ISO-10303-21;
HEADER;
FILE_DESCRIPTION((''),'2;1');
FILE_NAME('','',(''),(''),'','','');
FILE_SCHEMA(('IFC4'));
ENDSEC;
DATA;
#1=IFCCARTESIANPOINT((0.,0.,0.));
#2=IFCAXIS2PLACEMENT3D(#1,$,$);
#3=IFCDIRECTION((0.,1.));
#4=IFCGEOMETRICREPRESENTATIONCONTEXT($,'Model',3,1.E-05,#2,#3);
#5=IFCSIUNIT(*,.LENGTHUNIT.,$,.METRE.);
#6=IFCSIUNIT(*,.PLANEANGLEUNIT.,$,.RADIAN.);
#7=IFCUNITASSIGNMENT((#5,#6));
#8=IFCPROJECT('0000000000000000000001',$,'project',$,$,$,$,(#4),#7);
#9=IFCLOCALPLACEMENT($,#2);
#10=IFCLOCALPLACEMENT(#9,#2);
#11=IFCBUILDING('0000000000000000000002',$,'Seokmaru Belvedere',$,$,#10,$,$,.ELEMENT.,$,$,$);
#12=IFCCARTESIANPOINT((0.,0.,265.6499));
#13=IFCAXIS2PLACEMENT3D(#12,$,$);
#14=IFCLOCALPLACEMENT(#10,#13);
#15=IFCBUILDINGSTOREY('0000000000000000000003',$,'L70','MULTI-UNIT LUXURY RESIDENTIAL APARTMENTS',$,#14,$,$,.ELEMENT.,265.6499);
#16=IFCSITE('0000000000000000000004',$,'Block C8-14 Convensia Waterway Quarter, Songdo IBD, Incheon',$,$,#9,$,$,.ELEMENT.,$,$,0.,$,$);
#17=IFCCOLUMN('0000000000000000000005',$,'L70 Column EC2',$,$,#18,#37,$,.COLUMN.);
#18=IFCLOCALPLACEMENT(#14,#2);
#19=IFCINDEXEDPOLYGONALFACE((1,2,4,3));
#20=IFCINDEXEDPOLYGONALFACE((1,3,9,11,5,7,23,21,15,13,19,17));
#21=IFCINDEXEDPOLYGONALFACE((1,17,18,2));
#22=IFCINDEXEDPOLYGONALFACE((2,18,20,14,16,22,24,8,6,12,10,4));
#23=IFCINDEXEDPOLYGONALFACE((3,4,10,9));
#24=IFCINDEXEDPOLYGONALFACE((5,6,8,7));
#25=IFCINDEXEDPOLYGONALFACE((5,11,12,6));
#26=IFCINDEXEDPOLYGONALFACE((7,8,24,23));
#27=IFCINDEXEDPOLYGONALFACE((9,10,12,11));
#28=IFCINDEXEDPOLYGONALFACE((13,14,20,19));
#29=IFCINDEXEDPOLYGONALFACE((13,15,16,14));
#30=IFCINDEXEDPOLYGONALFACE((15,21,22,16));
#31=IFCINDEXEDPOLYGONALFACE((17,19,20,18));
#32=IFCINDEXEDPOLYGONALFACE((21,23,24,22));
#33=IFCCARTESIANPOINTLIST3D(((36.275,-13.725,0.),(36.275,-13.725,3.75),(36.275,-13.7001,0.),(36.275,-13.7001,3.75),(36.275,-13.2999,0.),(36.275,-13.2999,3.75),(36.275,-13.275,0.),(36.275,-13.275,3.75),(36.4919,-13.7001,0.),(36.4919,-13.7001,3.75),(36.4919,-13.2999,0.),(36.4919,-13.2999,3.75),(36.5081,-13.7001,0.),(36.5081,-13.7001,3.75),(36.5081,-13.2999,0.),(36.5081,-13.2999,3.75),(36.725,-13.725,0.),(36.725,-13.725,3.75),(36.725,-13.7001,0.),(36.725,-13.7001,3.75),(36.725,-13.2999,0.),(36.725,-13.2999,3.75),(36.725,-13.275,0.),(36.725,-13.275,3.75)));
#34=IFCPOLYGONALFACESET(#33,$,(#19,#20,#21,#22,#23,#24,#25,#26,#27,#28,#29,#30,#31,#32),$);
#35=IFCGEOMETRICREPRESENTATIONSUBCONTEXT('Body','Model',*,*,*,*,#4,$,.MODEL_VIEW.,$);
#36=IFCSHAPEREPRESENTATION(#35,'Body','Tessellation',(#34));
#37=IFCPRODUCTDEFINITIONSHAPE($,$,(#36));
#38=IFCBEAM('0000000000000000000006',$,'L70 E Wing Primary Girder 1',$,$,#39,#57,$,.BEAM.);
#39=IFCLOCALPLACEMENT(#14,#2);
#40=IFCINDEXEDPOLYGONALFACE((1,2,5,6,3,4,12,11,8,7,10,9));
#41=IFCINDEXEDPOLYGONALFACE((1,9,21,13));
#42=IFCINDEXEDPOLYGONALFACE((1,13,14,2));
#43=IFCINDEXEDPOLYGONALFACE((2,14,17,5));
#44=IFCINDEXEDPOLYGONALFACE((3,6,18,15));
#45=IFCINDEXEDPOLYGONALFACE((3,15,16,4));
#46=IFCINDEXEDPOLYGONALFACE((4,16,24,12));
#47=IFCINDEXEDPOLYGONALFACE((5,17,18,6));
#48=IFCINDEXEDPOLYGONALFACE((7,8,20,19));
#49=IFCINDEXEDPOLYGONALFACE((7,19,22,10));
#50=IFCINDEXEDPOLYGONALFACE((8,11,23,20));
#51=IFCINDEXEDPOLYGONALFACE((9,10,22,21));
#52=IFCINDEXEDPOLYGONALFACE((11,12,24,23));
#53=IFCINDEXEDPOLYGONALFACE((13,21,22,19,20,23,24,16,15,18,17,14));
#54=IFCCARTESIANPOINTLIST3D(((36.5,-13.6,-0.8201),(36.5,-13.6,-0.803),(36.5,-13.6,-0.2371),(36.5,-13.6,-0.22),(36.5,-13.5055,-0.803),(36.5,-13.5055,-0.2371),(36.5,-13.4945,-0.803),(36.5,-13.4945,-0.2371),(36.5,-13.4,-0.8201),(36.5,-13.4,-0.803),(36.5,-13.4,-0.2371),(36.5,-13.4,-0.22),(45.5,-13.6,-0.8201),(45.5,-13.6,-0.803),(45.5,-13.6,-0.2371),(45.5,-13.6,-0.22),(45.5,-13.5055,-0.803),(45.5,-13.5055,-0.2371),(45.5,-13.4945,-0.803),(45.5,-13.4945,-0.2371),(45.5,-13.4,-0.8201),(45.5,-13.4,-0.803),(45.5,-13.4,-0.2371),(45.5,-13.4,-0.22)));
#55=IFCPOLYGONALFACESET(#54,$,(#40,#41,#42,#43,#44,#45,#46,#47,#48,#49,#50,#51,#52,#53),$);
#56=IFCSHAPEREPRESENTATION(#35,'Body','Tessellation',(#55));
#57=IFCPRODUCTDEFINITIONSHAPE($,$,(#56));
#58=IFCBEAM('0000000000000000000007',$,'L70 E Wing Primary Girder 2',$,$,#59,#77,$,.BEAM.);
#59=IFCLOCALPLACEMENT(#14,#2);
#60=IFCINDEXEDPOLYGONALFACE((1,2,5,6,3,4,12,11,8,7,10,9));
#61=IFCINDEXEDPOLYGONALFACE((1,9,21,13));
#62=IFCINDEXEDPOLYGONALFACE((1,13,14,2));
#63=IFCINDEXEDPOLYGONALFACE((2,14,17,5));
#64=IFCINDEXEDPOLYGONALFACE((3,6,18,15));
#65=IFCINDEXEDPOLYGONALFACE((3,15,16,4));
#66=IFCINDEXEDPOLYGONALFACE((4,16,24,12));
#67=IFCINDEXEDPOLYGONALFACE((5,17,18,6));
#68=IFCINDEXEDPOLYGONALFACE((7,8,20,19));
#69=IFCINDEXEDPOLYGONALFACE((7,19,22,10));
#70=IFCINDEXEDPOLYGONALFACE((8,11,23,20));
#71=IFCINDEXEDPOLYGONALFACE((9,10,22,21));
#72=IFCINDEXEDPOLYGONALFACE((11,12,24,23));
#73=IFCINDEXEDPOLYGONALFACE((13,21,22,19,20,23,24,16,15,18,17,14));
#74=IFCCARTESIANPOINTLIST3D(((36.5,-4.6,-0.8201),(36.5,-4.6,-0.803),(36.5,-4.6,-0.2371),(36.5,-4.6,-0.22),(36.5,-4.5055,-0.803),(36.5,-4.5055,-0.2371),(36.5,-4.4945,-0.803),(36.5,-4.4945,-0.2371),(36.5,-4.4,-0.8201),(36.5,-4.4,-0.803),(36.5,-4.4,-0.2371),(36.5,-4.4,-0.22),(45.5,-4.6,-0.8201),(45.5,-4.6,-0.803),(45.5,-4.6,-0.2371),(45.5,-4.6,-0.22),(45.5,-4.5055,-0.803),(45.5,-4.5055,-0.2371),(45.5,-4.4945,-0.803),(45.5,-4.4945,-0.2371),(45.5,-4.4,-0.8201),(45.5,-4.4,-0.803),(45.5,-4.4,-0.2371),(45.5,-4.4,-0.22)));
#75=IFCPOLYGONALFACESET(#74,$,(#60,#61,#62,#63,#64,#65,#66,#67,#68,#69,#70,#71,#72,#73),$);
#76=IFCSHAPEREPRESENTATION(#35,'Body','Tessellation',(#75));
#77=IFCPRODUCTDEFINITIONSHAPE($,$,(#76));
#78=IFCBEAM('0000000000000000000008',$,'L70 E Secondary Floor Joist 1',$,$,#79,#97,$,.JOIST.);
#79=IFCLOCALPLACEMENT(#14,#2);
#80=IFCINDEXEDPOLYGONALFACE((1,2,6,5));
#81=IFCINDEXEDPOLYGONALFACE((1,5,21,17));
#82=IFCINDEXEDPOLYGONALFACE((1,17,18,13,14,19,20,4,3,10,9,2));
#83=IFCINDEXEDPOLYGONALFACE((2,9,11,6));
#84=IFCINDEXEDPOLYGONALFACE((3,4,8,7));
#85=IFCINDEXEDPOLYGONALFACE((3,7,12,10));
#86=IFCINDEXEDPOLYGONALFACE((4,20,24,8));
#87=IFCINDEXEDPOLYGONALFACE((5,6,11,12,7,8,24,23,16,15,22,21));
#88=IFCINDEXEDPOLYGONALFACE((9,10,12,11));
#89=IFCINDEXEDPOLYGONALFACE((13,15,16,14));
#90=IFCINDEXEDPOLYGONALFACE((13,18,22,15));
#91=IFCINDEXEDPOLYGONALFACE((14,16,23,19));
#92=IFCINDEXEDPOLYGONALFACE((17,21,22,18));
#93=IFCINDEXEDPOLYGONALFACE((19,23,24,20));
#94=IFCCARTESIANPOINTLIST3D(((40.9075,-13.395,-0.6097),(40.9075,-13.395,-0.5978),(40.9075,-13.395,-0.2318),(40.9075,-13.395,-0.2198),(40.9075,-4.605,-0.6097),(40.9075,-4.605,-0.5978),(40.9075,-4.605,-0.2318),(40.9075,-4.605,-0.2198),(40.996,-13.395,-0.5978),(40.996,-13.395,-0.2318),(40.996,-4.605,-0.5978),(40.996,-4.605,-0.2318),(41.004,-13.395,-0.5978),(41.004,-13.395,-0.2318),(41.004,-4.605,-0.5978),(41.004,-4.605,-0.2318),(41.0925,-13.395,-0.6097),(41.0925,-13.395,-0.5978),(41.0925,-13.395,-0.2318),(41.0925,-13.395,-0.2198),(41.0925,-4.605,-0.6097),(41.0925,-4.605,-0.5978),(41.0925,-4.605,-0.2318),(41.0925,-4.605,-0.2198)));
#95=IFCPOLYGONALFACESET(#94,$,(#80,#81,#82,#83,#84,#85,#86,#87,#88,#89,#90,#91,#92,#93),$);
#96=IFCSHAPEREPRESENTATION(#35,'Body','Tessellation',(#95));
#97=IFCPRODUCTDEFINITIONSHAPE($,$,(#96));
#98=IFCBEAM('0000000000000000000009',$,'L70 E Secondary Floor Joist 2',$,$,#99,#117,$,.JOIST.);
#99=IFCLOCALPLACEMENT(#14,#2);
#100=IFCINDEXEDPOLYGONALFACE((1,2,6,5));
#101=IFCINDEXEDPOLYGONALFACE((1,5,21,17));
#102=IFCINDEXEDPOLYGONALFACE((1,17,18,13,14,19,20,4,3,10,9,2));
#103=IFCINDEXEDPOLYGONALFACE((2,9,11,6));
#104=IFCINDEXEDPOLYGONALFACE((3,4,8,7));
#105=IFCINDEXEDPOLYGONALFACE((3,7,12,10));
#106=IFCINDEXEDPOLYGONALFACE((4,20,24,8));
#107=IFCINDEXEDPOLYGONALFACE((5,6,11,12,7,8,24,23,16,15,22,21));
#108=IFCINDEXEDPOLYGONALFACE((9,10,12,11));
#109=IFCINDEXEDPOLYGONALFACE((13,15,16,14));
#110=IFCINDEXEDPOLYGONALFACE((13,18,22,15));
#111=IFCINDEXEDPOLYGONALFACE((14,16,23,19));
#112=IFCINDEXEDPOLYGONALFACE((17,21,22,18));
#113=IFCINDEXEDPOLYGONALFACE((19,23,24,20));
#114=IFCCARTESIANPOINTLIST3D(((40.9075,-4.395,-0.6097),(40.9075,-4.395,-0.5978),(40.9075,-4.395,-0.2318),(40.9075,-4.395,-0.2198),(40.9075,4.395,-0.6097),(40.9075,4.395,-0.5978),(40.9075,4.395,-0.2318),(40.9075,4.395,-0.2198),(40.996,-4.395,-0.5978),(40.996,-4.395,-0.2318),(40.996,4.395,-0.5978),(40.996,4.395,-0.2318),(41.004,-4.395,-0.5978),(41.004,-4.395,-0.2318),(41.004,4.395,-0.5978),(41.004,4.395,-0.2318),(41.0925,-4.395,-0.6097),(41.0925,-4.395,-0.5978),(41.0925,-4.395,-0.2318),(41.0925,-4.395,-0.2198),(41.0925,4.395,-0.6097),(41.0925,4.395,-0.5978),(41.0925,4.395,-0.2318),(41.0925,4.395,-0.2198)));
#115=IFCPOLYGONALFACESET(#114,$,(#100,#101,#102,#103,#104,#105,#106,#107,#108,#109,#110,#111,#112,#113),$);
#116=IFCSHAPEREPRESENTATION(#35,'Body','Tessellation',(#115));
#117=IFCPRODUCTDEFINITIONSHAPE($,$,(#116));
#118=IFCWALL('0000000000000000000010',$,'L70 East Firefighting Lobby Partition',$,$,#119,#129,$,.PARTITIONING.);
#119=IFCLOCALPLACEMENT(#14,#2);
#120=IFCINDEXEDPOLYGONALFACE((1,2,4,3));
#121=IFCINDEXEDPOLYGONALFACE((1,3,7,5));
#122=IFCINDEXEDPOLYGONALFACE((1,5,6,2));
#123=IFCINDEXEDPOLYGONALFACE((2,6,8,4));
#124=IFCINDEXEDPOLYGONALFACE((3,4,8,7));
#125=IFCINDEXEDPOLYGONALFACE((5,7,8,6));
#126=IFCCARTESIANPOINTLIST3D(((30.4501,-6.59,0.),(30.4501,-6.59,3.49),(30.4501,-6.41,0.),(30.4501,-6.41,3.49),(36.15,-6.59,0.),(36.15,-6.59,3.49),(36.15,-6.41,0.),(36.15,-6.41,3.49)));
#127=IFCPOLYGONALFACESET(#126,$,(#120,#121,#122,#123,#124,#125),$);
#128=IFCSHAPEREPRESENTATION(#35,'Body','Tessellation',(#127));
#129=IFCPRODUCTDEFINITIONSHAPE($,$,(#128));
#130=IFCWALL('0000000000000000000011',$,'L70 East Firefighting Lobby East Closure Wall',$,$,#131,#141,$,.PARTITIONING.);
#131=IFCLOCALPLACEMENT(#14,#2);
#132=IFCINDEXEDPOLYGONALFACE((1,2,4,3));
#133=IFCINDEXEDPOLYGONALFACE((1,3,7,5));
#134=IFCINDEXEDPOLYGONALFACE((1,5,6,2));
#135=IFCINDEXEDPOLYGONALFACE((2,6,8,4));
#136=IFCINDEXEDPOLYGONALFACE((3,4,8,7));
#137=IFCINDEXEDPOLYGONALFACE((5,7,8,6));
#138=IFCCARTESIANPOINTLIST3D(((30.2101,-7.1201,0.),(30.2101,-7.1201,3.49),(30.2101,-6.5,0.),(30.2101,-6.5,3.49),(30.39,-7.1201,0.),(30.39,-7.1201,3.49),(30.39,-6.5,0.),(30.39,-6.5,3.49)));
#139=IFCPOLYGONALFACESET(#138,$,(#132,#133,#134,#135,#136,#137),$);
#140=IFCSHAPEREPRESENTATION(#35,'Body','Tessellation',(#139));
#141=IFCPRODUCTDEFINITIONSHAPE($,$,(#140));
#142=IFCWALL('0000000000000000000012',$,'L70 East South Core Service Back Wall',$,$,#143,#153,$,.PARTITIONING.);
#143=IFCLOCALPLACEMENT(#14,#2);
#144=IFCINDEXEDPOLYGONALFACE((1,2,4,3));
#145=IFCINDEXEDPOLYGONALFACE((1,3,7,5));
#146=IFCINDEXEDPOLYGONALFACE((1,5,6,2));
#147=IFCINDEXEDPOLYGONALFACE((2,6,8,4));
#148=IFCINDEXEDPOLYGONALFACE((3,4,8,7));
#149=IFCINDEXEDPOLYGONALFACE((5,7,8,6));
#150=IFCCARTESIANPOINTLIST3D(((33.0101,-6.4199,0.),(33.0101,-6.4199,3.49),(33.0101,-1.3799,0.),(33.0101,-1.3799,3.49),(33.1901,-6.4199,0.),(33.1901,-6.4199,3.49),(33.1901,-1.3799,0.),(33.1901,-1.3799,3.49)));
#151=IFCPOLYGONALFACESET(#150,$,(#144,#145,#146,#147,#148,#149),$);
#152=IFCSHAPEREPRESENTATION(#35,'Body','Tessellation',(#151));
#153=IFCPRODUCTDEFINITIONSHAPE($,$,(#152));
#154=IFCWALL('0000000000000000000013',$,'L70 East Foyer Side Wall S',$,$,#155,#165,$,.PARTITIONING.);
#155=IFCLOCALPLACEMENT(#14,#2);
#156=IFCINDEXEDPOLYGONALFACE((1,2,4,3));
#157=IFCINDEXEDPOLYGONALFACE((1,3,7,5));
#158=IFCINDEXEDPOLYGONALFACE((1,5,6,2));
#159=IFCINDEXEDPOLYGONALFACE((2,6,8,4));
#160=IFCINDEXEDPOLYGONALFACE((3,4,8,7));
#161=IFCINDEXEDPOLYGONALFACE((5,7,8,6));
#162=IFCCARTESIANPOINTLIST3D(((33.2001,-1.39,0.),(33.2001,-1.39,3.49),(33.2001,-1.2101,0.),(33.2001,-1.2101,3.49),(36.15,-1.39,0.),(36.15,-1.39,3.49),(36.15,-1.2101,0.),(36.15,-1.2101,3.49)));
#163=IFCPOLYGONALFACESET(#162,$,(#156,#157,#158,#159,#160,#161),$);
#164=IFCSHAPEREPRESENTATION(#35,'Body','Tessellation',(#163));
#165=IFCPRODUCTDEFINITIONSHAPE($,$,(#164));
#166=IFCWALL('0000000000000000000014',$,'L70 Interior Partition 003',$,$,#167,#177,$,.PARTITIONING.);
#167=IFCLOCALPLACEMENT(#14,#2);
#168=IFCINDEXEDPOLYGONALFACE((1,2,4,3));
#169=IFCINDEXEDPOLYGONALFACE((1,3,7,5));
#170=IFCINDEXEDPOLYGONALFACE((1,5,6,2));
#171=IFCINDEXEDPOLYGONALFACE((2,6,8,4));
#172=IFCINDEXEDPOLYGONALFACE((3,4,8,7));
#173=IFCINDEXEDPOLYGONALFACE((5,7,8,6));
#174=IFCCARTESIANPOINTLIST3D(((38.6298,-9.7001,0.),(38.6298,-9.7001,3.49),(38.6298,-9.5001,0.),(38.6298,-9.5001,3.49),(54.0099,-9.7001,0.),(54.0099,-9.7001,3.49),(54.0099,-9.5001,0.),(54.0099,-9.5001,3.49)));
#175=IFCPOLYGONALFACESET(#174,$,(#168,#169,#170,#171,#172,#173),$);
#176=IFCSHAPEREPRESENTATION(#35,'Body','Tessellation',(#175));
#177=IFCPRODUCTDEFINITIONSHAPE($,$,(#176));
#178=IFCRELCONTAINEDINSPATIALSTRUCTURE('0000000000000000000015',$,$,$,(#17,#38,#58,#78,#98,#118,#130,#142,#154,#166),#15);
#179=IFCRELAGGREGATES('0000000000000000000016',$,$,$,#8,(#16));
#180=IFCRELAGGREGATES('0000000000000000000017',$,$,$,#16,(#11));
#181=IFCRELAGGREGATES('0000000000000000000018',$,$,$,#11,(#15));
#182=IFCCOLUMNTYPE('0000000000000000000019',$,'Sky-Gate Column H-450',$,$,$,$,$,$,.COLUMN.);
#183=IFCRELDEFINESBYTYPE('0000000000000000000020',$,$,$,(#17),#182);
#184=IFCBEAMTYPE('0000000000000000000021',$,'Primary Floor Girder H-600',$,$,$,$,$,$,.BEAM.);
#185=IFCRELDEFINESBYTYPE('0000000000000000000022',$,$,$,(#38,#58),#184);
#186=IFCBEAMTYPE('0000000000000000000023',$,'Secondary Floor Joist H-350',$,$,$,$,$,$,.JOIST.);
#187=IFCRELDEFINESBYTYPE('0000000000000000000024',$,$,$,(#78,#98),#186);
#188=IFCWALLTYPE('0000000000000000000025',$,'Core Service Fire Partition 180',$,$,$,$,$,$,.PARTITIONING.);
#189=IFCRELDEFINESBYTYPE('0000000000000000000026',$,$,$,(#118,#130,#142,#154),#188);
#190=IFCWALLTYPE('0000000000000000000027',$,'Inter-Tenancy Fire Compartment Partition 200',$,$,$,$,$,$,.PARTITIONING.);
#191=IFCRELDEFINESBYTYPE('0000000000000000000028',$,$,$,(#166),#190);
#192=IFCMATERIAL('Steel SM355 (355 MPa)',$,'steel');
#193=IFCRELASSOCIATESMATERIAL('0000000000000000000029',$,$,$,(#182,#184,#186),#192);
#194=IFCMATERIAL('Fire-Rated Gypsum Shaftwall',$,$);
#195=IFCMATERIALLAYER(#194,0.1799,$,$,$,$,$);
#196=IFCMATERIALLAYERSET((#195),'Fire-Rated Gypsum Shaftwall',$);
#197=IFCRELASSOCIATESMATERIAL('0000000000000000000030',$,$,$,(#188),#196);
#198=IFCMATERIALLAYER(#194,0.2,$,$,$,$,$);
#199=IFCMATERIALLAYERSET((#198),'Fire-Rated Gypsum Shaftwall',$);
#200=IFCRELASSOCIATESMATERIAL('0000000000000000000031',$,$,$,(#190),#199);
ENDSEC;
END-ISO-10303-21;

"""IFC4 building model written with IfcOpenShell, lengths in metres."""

from ifc_helpers import new_model, si_unit, direction, frame, frame_2d, origin, origin_2d, place, context, subcontext, project, spatial, rectangle, i_section, extrude, source, transform, mapped, material, layer, layer_set, material_profile, profile_set, type_object, type_shapes, element, save


model = new_model("IFC4")

# Units and contexts
model_context = context("Model", 3, precision=1e-05, world=origin(), true_north=direction((0.0, 1.0)))
body_context = subcontext(model_context, "Body", "Model", "MODEL_VIEW")
ifc_project = project(units=[si_unit("LENGTHUNIT", "METRE"), si_unit("PLANEANGLEUNIT", "RADIAN")], contexts=[model_context])

# Site, building, storey
site_placement = place(None, origin())
site = spatial("IfcSite", under=ifc_project, at=site_placement, Name="Block C8-14 Convensia Waterway Quarter, Songdo IBD, Incheon", CompositionType="ELEMENT", RefElevation=0.0)
building_placement = place(site_placement, origin())
building = spatial("IfcBuilding", under=site, at=building_placement, Name="Seokmaru Belvedere", CompositionType="ELEMENT")
storey_placement = place(building_placement, frame((0.0, 0.0, 265.6499)))
storey = spatial("IfcBuildingStorey", under=building, at=storey_placement, Name="L70", Description="MULTI-UNIT LUXURY RESIDENTIAL APARTMENTS", CompositionType="ELEMENT", Elevation=265.6499)

# Column
ifc_material_1 = material(Name="Steel SM355 (355 MPa)", Category="steel")
ifc_material_profile_1 = material_profile(ifc_material_1, i_section(OverallWidth=0.45, OverallDepth=0.45, WebThickness=0.0161, FlangeThickness=0.0249, at=origin_2d()), Name="H-450x450x16x25")
ifc_profile_set_1 = profile_set([ifc_material_profile_1], Name="Steel SM355 (355 MPa)")
column_type = type_object("IfcColumnType", Name="Sky-Gate Column H-450", PredefinedType="COLUMN", material=ifc_profile_set_1)
shared_shape_1 = source(origin(), body_context, "Body", "SweptSolid", [
    extrude(i_section(OverallWidth=0.45, OverallDepth=0.45, WebThickness=0.0161, FlangeThickness=0.0249, at=origin_2d()), origin(), (0.0, 0.0, 1.0), 3.75),
])
type_shapes(column_type, [shared_shape_1])
column_placement = place(storey_placement, frame((36.5, -13.5, 0.0), z_axis=(0.0, 0.0, 1.0), x_axis=(1.0, 0.0, 0.0)))
element("IfcColumn", 1, at=column_placement, inside=storey, type_object=column_type, Name="L70 Column EC2", PredefinedType="COLUMN", context=body_context, shape_type="MappedRepresentation", body=[
    mapped(shared_shape_1, transform((0.0, 0.0, 0.0), scale=1.0)),
])

# Beams
ifc_material_profile_2 = material_profile(ifc_material_1, i_section(OverallWidth=0.2, OverallDepth=0.6001, WebThickness=0.011, FlangeThickness=0.0171, at=origin_2d()), Name="H-600x200x11x17")
ifc_profile_set_2 = profile_set([ifc_material_profile_2], Name="Steel SM355 (355 MPa)")
beam_type_1 = type_object("IfcBeamType", Name="Primary Floor Girder H-600", PredefinedType="BEAM", material=ifc_profile_set_2)
shared_shape_2 = source(origin(), body_context, "Body", "SweptSolid", [
    extrude(i_section(OverallWidth=0.2, OverallDepth=0.6001, WebThickness=0.011, FlangeThickness=0.0171, at=origin_2d()), origin(), (0.0, 0.0, 1.0), 9.0),
])
type_shapes(beam_type_1, [shared_shape_2])
for number, where, z_axis, x_axis, name in (
    (2, (36.5, -13.5, -0.52), (1.0, 0.0, 0.0), (0.0, 1.0, 0.0), "L70 E Wing Primary Girder 1"),
    (3, (36.5, -4.5, -0.52), (1.0, 0.0, 0.0), (0.0, 1.0, 0.0), "L70 E Wing Primary Girder 2"),
):
    element("IfcBeam", number, at=place(storey_placement, frame(where, z_axis=z_axis, x_axis=x_axis)), inside=storey, type_object=beam_type_1, Name=name, PredefinedType="BEAM", context=body_context, shape_type="MappedRepresentation", body=[
        mapped(shared_shape_2, transform((0.0, 0.0, 0.0), scale=1.0)),
    ])
ifc_material_profile_3 = material_profile(ifc_material_1, i_section(OverallWidth=0.1851, OverallDepth=0.3899, WebThickness=0.0081, FlangeThickness=0.012, at=origin_2d()), Name="H-390x185x8x12")
ifc_profile_set_3 = profile_set([ifc_material_profile_3], Name="Steel SM355 (355 MPa)")
beam_type_2 = type_object("IfcBeamType", Name="Secondary Floor Joist H-350", PredefinedType="JOIST", material=ifc_profile_set_3)
shared_shape_3 = source(origin(), body_context, "Body", "SweptSolid", [
    extrude(i_section(OverallWidth=0.1851, OverallDepth=0.3899, WebThickness=0.0081, FlangeThickness=0.012, at=origin_2d()), origin(), (0.0, 0.0, 1.0), 8.79),
])
type_shapes(beam_type_2, [shared_shape_3])
for number, where, z_axis, x_axis, name in (
    (4, (41.0, -13.395, -0.4148), (0.0, 1.0, 0.0), (-1.0, 0.0, 0.0), "L70 E Secondary Floor Joist 1"),
    (5, (41.0, -4.395, -0.4148), (0.0, 1.0, 0.0), (-1.0, 0.0, 0.0), "L70 E Secondary Floor Joist 2"),
):
    element("IfcBeam", number, at=place(storey_placement, frame(where, z_axis=z_axis, x_axis=x_axis)), inside=storey, type_object=beam_type_2, Name=name, PredefinedType="JOIST", context=body_context, shape_type="MappedRepresentation", body=[
        mapped(shared_shape_3, transform((0.0, 0.0, 0.0), scale=1.0)),
    ])

# Walls
ifc_material_2 = material(Name="Fire-Rated Gypsum Shaftwall")
ifc_layer_1 = layer(ifc_material_2, 0.1799)
ifc_layer_set_1 = layer_set([ifc_layer_1], Name="Fire-Rated Gypsum Shaftwall")
wall_type_1 = type_object("IfcWallType", Name="Core Service Fire Partition 180", PredefinedType="PARTITIONING", material=ifc_layer_set_1)
wall_1_placement = place(storey_placement, frame((30.45, -6.5, 0.0), z_axis=(0.0, 0.0, 1.0), x_axis=(1.0, 0.0, 0.0)))
element("IfcWall", 6, at=wall_1_placement, inside=storey, type_object=wall_type_1, Name="L70 East Firefighting Lobby Partition", PredefinedType="PARTITIONING", context=body_context, shape_type="SweptSolid", body=[
    extrude(rectangle(XDim=5.7, YDim=0.1799, at=frame_2d((2.8501, 0.0))), origin(), (0.0, 0.0, 1.0), 3.49),
])
wall_2_placement = place(storey_placement, frame((30.3, -7.1201, 0.0), z_axis=(0.0, 0.0, 1.0), x_axis=(0.0, 1.0, 0.0)))
element("IfcWall", 7, at=wall_2_placement, inside=storey, type_object=wall_type_1, Name="L70 East Firefighting Lobby East Closure Wall", PredefinedType="PARTITIONING", context=body_context, shape_type="SweptSolid", body=[
    extrude(rectangle(XDim=0.6201, YDim=0.1799, at=frame_2d((0.3101, 0.0))), origin(), (0.0, 0.0, 1.0), 3.49),
])
wall_3_placement = place(storey_placement, frame((33.1001, -6.4199, 0.0), z_axis=(0.0, 0.0, 1.0), x_axis=(0.0, 1.0, 0.0)))
element("IfcWall", 8, at=wall_3_placement, inside=storey, type_object=wall_type_1, Name="L70 East South Core Service Back Wall", PredefinedType="PARTITIONING", context=body_context, shape_type="SweptSolid", body=[
    extrude(rectangle(XDim=5.04, YDim=0.1799, at=frame_2d((2.52, 0.0))), origin(), (0.0, 0.0, 1.0), 3.49),
])
wall_4_placement = place(storey_placement, frame((33.2, -1.3, 0.0), z_axis=(0.0, 0.0, 1.0), x_axis=(1.0, 0.0, 0.0)))
element("IfcWall", 9, at=wall_4_placement, inside=storey, type_object=wall_type_1, Name="L70 East Foyer Side Wall S", PredefinedType="PARTITIONING", context=body_context, shape_type="SweptSolid", body=[
    extrude(rectangle(XDim=2.95, YDim=0.1799, at=frame_2d((1.4751, 0.0))), origin(), (0.0, 0.0, 1.0), 3.49),
])
ifc_layer_2 = layer(ifc_material_2, 0.2)
ifc_layer_set_2 = layer_set([ifc_layer_2], Name="Fire-Rated Gypsum Shaftwall")
wall_type_2 = type_object("IfcWallType", Name="Inter-Tenancy Fire Compartment Partition 200", PredefinedType="PARTITIONING", material=ifc_layer_set_2)
wall_5_placement = place(storey_placement, frame((38.6299, -9.6001, 0.0), z_axis=(0.0, 0.0, 1.0), x_axis=(1.0, 0.0, 0.0)))
element("IfcWall", 10, at=wall_5_placement, inside=storey, type_object=wall_type_2, Name="L70 Interior Partition 003", PredefinedType="PARTITIONING", context=body_context, shape_type="SweptSolid", body=[
    extrude(rectangle(XDim=15.3801, YDim=0.2, at=frame_2d((7.6899, 0.0))), origin(), (0.0, 0.0, 1.0), 3.49),
])

save(model, "model.ifc")
